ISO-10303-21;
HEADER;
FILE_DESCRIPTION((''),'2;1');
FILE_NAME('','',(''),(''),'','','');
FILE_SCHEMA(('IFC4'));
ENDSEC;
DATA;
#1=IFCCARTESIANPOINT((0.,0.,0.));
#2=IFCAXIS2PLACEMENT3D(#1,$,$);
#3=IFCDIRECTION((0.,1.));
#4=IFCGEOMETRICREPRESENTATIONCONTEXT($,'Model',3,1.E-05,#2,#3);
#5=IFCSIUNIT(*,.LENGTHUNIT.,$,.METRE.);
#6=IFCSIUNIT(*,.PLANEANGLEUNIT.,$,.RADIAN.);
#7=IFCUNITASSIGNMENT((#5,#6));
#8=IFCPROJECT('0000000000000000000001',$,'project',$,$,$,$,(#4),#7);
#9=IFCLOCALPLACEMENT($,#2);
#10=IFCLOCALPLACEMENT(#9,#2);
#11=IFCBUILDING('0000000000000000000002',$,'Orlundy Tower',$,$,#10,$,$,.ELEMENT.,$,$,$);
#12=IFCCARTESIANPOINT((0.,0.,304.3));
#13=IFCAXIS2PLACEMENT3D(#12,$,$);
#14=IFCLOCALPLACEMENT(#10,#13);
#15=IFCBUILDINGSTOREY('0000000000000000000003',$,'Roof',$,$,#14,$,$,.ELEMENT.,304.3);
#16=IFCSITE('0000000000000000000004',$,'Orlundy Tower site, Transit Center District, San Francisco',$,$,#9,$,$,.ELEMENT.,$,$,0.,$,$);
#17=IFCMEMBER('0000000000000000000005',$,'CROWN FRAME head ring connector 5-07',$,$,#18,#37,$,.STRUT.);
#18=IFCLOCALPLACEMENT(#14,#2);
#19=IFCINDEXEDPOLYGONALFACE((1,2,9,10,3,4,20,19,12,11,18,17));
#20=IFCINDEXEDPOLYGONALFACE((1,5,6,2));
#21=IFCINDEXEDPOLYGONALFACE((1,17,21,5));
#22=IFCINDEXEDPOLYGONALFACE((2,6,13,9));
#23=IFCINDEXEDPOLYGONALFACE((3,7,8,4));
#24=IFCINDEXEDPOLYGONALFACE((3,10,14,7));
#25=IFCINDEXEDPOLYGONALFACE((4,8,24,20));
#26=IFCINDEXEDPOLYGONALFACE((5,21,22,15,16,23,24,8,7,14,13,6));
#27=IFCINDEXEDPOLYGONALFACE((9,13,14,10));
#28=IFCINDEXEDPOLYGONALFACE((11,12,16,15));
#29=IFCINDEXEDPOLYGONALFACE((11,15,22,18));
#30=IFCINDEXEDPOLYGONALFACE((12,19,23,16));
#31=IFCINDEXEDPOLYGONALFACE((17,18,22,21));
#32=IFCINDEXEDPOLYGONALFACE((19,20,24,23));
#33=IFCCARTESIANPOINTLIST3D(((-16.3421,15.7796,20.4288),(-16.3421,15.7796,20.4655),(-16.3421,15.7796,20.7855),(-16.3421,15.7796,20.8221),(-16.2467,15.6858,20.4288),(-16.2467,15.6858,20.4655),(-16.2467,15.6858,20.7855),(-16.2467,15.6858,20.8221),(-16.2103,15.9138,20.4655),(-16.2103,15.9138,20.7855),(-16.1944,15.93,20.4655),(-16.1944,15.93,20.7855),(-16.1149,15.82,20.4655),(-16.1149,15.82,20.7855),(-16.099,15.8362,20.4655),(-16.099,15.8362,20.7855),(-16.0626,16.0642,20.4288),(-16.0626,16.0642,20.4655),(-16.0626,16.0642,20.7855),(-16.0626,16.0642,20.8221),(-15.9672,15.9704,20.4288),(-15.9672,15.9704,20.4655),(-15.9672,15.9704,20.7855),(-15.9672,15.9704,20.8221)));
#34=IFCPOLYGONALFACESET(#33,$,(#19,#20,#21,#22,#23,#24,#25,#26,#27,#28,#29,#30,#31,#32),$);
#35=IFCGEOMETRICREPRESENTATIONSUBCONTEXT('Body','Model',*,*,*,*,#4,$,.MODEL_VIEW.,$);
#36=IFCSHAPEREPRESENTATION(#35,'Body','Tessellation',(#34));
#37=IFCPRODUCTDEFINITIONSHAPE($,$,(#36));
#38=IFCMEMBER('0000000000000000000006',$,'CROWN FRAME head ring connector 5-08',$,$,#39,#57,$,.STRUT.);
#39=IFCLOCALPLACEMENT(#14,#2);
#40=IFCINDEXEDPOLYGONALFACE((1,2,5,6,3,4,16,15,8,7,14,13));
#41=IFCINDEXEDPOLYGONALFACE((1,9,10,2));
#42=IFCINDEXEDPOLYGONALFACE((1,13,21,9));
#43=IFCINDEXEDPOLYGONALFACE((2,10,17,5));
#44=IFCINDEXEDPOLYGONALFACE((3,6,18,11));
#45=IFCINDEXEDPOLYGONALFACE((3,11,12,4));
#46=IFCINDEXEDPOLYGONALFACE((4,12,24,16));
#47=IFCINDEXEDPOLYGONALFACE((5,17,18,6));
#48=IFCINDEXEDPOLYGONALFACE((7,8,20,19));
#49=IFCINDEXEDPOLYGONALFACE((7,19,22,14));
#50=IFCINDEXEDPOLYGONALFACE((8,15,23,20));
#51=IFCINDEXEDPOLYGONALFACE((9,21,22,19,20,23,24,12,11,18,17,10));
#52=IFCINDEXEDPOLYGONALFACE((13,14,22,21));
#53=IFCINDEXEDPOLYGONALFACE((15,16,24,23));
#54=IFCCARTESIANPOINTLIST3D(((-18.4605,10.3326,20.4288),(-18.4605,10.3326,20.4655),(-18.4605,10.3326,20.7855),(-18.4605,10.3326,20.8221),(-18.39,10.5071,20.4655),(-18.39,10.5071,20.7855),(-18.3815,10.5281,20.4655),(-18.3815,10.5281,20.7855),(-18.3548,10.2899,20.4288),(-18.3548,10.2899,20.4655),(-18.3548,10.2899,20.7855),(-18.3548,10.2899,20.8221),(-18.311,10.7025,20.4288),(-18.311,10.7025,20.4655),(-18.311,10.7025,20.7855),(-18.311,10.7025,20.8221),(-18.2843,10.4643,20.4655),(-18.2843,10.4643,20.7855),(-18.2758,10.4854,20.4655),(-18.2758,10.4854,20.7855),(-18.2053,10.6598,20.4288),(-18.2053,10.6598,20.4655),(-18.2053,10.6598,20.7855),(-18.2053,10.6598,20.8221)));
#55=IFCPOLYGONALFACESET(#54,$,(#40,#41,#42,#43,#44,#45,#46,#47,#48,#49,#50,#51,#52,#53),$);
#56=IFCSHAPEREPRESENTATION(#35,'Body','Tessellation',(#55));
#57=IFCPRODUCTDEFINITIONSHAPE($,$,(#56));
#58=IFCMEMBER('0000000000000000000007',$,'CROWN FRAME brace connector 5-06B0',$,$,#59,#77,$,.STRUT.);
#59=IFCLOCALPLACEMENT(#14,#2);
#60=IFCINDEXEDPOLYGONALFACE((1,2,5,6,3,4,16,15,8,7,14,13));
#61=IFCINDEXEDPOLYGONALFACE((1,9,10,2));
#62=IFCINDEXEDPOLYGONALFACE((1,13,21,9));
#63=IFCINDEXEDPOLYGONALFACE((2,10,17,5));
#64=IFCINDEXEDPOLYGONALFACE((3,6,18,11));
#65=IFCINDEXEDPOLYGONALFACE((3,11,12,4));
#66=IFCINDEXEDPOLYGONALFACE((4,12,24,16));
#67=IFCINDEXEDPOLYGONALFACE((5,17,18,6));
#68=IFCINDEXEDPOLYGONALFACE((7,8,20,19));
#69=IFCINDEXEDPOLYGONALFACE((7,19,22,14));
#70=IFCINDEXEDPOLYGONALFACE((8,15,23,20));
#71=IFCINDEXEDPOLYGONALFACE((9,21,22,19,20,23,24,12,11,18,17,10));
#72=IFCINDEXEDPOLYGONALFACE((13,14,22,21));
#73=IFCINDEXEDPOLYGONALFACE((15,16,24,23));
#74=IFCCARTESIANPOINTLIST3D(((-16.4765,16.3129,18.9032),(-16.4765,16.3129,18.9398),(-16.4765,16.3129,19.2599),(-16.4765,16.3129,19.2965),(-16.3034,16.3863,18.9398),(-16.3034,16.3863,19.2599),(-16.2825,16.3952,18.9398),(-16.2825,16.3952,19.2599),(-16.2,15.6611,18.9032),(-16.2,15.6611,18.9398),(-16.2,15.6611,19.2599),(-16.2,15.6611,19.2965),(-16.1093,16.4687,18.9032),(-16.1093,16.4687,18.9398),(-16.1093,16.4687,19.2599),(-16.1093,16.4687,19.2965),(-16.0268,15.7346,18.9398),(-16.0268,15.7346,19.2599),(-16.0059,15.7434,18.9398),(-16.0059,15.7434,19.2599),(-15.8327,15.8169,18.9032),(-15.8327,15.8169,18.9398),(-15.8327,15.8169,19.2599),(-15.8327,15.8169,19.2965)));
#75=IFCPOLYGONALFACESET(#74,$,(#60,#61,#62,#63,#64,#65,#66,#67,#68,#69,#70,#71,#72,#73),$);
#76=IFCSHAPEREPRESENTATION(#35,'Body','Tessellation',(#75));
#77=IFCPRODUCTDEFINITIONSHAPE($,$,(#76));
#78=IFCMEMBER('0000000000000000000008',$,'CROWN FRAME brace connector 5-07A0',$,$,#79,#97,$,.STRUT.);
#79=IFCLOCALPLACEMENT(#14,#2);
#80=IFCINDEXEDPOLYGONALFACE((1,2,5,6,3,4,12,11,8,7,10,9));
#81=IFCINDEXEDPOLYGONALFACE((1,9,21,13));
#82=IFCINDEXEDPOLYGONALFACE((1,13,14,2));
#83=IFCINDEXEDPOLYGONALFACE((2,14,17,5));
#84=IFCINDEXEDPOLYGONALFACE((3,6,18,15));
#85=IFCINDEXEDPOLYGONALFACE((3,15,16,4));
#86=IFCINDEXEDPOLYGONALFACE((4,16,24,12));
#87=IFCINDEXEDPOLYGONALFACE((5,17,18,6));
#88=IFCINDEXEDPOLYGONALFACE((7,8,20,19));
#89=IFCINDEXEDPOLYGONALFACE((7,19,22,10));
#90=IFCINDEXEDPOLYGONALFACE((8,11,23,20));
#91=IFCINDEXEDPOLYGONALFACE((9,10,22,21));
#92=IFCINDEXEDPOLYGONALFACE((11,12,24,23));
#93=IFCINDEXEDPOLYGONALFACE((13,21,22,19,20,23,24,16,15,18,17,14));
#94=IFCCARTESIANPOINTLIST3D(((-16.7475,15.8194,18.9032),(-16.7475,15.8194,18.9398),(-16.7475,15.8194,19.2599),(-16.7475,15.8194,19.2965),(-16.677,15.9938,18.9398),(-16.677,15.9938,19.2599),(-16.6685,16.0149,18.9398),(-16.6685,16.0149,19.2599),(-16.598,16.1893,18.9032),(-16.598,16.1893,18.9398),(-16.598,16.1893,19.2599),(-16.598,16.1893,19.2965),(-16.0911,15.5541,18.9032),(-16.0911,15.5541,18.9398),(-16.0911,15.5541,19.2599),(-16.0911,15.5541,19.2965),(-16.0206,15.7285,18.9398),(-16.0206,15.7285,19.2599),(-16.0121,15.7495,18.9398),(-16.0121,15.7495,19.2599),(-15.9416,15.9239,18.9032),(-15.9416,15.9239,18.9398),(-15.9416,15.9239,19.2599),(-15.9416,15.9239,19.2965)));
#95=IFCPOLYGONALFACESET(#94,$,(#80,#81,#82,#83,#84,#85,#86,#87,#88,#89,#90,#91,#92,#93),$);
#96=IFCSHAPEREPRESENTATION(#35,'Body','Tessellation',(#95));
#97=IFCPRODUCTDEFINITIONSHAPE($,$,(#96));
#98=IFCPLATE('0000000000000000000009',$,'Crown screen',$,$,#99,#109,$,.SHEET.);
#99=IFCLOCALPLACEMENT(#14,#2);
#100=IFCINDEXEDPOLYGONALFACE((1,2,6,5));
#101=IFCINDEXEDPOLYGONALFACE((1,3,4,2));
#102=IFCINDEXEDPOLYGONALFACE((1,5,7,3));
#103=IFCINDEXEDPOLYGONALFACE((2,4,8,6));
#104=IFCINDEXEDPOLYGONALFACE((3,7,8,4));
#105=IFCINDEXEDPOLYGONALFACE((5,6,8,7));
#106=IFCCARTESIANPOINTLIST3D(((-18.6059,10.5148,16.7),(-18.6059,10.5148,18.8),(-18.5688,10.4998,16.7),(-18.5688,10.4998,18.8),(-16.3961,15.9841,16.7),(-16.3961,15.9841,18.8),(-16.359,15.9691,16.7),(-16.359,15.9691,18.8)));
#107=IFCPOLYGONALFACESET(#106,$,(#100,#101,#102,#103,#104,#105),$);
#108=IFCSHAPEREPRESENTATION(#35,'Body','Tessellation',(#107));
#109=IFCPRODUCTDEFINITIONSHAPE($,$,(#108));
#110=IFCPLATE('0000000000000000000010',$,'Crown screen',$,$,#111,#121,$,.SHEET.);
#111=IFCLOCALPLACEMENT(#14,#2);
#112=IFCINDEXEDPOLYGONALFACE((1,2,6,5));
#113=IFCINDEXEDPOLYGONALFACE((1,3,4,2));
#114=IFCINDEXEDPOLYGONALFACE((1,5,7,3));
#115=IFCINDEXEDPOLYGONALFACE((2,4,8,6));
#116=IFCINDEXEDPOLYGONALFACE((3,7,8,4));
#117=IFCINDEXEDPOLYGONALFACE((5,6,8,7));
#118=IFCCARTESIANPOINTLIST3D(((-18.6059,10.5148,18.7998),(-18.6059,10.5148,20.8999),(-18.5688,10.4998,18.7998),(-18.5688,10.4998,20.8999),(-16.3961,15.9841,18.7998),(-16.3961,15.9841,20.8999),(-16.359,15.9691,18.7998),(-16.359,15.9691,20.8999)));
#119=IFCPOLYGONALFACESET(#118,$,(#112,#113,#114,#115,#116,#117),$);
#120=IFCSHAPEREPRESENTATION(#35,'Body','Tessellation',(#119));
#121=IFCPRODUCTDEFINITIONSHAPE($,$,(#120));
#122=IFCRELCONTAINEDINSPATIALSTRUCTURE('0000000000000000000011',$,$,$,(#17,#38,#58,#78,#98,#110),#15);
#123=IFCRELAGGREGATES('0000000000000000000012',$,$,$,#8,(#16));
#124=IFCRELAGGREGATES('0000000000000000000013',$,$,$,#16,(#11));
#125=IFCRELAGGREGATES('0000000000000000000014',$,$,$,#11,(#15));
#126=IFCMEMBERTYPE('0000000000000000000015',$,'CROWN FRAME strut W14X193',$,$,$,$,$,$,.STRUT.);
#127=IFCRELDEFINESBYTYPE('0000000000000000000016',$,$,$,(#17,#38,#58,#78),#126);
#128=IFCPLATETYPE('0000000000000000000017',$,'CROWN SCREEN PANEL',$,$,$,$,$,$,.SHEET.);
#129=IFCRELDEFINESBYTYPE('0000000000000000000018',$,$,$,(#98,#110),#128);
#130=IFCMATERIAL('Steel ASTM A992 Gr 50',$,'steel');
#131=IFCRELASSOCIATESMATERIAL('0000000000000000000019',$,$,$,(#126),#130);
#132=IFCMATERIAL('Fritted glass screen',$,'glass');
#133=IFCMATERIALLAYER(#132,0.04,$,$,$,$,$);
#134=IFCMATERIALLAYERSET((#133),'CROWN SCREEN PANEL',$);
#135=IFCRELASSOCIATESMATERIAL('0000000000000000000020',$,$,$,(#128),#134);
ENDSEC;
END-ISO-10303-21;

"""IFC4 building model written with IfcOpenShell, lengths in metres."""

from ifc_helpers import new_model, si_unit, direction, frame, origin, origin_2d, place, context, subcontext, project, spatial, rectangle, i_section, extrude, material, layer, layer_set, material_profile, profile_set, type_object, element, save


model = new_model("IFC4")

# Units and contexts
model_context = context("Model", 3, precision=1e-05, world=origin(), true_north=direction((0.0, 1.0)))
body_context = subcontext(model_context, "Body", "Model", "MODEL_VIEW")
ifc_project = project(units=[si_unit("LENGTHUNIT", "METRE"), si_unit("PLANEANGLEUNIT", "RADIAN")], contexts=[model_context])

# Site, building, storey
site_placement = place(None, origin())
site = spatial("IfcSite", under=ifc_project, at=site_placement, Name="Orlundy Tower site, Transit Center District, San Francisco", CompositionType="ELEMENT", RefElevation=0.0)
building_placement = place(site_placement, origin())
building = spatial("IfcBuilding", under=site, at=building_placement, Name="Orlundy Tower", CompositionType="ELEMENT")
storey_placement = place(building_placement, frame((0.0, 0.0, 304.3)))
storey = spatial("IfcBuildingStorey", under=building, at=storey_placement, Name="Roof", CompositionType="ELEMENT", Elevation=304.3)

# Members
ifc_material_1 = material(Name="Steel ASTM A992 Gr 50", Category="steel")
ifc_material_profile_1 = material_profile(ifc_material_1, i_section(OverallWidth=0.3989, OverallDepth=0.3933, WebThickness=0.0227, FlangeThickness=0.0366, at=origin_2d()), Name="W14X193")
ifc_profile_set_1 = profile_set([ifc_material_profile_1], Name="Steel ASTM A992 Gr 50")
member_type_1 = type_object("IfcMemberType", Name="CROWN FRAME strut W14X193", PredefinedType="STRUT", material=ifc_profile_set_1)
member_1_placement = place(storey_placement, frame((-16.1069, 15.8281, 20.6255), z_axis=(-0.713464, 0.700691, 0.0), x_axis=(-0.700691, -0.713464, 0.0)))
element("IfcMember", 1, at=member_1_placement, inside=storey, type_object=member_type_1, Name="CROWN FRAME head ring connector 5-07", PredefinedType="STRUT", context=body_context, shape_type="SweptSolid", body=[
    extrude(i_section(OverallWidth=0.3989, OverallDepth=0.3933, WebThickness=0.0227, FlangeThickness=0.0366, at=origin_2d()), origin(), (0.0, 0.0, 1.0), 0.1338),
])
member_2_placement = place(storey_placement, frame((-18.28, 10.4749, 20.6255), z_axis=(-0.927142, 0.374711, 0.0), x_axis=(-0.374711, -0.927142, 0.0)))
element("IfcMember", 2, at=member_2_placement, inside=storey, type_object=member_type_1, Name="CROWN FRAME head ring connector 5-08", PredefinedType="STRUT", context=body_context, shape_type="SweptSolid", body=[
    extrude(i_section(OverallWidth=0.3989, OverallDepth=0.3933, WebThickness=0.0227, FlangeThickness=0.0366, at=origin_2d()), origin(), (0.0, 0.0, 1.0), 0.114),
])
for number, where, z_axis, x_axis, name in (
    (3, (-16.0164, 15.739, 19.0999), (-0.39063, 0.920548, 0.0), (-0.920548, -0.39063, 0.0), "CROWN FRAME brace connector 5-06B0"),
    (4, (-16.0164, 15.739, 19.0999), (-0.927115, 0.374777, 0.0), (-0.374777, -0.927115, 0.0), "CROWN FRAME brace connector 5-07A0"),
):
    element("IfcMember", number, at=place(storey_placement, frame(where, z_axis=z_axis, x_axis=x_axis)), inside=storey, type_object=member_type_1, Name=name, PredefinedType="STRUT", context=body_context, shape_type="SweptSolid", body=[
        extrude(i_section(OverallWidth=0.3989, OverallDepth=0.3933, WebThickness=0.0227, FlangeThickness=0.0366, at=origin_2d()), origin(), (0.0, 0.0, 1.0), 0.708),
    ])

# Plates
ifc_material_2 = material(Name="Fritted glass screen", Category="glass")
ifc_layer = layer(ifc_material_2, 0.04)
ifc_layer_set = layer_set([ifc_layer], Name="CROWN SCREEN PANEL")
plate_type = type_object("IfcPlateType", Name="CROWN SCREEN PANEL", PredefinedType="SHEET", material=ifc_layer_set)
for number, where, z_axis, x_axis, name in (
    (5, (-17.4824, 13.2419, 16.7), (0.0, 0.0, 1.0), (-0.374612, -0.927182, 0.0), "Crown screen"),
    (6, (-17.4824, 13.2419, 18.7998), (0.0, 0.0, 1.0), (-0.374612, -0.927182, 0.0), "Crown screen"),
):
    element("IfcPlate", number, at=place(storey_placement, frame(where, z_axis=z_axis, x_axis=x_axis)), inside=storey, type_object=plate_type, Name=name, PredefinedType="SHEET", context=body_context, shape_type="SweptSolid", body=[
        extrude(rectangle(XDim=5.8989, YDim=0.04, at=origin_2d()), origin(), (0.0, 0.0, 1.0), 2.1001),
    ])

save(model, "model.ifc")
